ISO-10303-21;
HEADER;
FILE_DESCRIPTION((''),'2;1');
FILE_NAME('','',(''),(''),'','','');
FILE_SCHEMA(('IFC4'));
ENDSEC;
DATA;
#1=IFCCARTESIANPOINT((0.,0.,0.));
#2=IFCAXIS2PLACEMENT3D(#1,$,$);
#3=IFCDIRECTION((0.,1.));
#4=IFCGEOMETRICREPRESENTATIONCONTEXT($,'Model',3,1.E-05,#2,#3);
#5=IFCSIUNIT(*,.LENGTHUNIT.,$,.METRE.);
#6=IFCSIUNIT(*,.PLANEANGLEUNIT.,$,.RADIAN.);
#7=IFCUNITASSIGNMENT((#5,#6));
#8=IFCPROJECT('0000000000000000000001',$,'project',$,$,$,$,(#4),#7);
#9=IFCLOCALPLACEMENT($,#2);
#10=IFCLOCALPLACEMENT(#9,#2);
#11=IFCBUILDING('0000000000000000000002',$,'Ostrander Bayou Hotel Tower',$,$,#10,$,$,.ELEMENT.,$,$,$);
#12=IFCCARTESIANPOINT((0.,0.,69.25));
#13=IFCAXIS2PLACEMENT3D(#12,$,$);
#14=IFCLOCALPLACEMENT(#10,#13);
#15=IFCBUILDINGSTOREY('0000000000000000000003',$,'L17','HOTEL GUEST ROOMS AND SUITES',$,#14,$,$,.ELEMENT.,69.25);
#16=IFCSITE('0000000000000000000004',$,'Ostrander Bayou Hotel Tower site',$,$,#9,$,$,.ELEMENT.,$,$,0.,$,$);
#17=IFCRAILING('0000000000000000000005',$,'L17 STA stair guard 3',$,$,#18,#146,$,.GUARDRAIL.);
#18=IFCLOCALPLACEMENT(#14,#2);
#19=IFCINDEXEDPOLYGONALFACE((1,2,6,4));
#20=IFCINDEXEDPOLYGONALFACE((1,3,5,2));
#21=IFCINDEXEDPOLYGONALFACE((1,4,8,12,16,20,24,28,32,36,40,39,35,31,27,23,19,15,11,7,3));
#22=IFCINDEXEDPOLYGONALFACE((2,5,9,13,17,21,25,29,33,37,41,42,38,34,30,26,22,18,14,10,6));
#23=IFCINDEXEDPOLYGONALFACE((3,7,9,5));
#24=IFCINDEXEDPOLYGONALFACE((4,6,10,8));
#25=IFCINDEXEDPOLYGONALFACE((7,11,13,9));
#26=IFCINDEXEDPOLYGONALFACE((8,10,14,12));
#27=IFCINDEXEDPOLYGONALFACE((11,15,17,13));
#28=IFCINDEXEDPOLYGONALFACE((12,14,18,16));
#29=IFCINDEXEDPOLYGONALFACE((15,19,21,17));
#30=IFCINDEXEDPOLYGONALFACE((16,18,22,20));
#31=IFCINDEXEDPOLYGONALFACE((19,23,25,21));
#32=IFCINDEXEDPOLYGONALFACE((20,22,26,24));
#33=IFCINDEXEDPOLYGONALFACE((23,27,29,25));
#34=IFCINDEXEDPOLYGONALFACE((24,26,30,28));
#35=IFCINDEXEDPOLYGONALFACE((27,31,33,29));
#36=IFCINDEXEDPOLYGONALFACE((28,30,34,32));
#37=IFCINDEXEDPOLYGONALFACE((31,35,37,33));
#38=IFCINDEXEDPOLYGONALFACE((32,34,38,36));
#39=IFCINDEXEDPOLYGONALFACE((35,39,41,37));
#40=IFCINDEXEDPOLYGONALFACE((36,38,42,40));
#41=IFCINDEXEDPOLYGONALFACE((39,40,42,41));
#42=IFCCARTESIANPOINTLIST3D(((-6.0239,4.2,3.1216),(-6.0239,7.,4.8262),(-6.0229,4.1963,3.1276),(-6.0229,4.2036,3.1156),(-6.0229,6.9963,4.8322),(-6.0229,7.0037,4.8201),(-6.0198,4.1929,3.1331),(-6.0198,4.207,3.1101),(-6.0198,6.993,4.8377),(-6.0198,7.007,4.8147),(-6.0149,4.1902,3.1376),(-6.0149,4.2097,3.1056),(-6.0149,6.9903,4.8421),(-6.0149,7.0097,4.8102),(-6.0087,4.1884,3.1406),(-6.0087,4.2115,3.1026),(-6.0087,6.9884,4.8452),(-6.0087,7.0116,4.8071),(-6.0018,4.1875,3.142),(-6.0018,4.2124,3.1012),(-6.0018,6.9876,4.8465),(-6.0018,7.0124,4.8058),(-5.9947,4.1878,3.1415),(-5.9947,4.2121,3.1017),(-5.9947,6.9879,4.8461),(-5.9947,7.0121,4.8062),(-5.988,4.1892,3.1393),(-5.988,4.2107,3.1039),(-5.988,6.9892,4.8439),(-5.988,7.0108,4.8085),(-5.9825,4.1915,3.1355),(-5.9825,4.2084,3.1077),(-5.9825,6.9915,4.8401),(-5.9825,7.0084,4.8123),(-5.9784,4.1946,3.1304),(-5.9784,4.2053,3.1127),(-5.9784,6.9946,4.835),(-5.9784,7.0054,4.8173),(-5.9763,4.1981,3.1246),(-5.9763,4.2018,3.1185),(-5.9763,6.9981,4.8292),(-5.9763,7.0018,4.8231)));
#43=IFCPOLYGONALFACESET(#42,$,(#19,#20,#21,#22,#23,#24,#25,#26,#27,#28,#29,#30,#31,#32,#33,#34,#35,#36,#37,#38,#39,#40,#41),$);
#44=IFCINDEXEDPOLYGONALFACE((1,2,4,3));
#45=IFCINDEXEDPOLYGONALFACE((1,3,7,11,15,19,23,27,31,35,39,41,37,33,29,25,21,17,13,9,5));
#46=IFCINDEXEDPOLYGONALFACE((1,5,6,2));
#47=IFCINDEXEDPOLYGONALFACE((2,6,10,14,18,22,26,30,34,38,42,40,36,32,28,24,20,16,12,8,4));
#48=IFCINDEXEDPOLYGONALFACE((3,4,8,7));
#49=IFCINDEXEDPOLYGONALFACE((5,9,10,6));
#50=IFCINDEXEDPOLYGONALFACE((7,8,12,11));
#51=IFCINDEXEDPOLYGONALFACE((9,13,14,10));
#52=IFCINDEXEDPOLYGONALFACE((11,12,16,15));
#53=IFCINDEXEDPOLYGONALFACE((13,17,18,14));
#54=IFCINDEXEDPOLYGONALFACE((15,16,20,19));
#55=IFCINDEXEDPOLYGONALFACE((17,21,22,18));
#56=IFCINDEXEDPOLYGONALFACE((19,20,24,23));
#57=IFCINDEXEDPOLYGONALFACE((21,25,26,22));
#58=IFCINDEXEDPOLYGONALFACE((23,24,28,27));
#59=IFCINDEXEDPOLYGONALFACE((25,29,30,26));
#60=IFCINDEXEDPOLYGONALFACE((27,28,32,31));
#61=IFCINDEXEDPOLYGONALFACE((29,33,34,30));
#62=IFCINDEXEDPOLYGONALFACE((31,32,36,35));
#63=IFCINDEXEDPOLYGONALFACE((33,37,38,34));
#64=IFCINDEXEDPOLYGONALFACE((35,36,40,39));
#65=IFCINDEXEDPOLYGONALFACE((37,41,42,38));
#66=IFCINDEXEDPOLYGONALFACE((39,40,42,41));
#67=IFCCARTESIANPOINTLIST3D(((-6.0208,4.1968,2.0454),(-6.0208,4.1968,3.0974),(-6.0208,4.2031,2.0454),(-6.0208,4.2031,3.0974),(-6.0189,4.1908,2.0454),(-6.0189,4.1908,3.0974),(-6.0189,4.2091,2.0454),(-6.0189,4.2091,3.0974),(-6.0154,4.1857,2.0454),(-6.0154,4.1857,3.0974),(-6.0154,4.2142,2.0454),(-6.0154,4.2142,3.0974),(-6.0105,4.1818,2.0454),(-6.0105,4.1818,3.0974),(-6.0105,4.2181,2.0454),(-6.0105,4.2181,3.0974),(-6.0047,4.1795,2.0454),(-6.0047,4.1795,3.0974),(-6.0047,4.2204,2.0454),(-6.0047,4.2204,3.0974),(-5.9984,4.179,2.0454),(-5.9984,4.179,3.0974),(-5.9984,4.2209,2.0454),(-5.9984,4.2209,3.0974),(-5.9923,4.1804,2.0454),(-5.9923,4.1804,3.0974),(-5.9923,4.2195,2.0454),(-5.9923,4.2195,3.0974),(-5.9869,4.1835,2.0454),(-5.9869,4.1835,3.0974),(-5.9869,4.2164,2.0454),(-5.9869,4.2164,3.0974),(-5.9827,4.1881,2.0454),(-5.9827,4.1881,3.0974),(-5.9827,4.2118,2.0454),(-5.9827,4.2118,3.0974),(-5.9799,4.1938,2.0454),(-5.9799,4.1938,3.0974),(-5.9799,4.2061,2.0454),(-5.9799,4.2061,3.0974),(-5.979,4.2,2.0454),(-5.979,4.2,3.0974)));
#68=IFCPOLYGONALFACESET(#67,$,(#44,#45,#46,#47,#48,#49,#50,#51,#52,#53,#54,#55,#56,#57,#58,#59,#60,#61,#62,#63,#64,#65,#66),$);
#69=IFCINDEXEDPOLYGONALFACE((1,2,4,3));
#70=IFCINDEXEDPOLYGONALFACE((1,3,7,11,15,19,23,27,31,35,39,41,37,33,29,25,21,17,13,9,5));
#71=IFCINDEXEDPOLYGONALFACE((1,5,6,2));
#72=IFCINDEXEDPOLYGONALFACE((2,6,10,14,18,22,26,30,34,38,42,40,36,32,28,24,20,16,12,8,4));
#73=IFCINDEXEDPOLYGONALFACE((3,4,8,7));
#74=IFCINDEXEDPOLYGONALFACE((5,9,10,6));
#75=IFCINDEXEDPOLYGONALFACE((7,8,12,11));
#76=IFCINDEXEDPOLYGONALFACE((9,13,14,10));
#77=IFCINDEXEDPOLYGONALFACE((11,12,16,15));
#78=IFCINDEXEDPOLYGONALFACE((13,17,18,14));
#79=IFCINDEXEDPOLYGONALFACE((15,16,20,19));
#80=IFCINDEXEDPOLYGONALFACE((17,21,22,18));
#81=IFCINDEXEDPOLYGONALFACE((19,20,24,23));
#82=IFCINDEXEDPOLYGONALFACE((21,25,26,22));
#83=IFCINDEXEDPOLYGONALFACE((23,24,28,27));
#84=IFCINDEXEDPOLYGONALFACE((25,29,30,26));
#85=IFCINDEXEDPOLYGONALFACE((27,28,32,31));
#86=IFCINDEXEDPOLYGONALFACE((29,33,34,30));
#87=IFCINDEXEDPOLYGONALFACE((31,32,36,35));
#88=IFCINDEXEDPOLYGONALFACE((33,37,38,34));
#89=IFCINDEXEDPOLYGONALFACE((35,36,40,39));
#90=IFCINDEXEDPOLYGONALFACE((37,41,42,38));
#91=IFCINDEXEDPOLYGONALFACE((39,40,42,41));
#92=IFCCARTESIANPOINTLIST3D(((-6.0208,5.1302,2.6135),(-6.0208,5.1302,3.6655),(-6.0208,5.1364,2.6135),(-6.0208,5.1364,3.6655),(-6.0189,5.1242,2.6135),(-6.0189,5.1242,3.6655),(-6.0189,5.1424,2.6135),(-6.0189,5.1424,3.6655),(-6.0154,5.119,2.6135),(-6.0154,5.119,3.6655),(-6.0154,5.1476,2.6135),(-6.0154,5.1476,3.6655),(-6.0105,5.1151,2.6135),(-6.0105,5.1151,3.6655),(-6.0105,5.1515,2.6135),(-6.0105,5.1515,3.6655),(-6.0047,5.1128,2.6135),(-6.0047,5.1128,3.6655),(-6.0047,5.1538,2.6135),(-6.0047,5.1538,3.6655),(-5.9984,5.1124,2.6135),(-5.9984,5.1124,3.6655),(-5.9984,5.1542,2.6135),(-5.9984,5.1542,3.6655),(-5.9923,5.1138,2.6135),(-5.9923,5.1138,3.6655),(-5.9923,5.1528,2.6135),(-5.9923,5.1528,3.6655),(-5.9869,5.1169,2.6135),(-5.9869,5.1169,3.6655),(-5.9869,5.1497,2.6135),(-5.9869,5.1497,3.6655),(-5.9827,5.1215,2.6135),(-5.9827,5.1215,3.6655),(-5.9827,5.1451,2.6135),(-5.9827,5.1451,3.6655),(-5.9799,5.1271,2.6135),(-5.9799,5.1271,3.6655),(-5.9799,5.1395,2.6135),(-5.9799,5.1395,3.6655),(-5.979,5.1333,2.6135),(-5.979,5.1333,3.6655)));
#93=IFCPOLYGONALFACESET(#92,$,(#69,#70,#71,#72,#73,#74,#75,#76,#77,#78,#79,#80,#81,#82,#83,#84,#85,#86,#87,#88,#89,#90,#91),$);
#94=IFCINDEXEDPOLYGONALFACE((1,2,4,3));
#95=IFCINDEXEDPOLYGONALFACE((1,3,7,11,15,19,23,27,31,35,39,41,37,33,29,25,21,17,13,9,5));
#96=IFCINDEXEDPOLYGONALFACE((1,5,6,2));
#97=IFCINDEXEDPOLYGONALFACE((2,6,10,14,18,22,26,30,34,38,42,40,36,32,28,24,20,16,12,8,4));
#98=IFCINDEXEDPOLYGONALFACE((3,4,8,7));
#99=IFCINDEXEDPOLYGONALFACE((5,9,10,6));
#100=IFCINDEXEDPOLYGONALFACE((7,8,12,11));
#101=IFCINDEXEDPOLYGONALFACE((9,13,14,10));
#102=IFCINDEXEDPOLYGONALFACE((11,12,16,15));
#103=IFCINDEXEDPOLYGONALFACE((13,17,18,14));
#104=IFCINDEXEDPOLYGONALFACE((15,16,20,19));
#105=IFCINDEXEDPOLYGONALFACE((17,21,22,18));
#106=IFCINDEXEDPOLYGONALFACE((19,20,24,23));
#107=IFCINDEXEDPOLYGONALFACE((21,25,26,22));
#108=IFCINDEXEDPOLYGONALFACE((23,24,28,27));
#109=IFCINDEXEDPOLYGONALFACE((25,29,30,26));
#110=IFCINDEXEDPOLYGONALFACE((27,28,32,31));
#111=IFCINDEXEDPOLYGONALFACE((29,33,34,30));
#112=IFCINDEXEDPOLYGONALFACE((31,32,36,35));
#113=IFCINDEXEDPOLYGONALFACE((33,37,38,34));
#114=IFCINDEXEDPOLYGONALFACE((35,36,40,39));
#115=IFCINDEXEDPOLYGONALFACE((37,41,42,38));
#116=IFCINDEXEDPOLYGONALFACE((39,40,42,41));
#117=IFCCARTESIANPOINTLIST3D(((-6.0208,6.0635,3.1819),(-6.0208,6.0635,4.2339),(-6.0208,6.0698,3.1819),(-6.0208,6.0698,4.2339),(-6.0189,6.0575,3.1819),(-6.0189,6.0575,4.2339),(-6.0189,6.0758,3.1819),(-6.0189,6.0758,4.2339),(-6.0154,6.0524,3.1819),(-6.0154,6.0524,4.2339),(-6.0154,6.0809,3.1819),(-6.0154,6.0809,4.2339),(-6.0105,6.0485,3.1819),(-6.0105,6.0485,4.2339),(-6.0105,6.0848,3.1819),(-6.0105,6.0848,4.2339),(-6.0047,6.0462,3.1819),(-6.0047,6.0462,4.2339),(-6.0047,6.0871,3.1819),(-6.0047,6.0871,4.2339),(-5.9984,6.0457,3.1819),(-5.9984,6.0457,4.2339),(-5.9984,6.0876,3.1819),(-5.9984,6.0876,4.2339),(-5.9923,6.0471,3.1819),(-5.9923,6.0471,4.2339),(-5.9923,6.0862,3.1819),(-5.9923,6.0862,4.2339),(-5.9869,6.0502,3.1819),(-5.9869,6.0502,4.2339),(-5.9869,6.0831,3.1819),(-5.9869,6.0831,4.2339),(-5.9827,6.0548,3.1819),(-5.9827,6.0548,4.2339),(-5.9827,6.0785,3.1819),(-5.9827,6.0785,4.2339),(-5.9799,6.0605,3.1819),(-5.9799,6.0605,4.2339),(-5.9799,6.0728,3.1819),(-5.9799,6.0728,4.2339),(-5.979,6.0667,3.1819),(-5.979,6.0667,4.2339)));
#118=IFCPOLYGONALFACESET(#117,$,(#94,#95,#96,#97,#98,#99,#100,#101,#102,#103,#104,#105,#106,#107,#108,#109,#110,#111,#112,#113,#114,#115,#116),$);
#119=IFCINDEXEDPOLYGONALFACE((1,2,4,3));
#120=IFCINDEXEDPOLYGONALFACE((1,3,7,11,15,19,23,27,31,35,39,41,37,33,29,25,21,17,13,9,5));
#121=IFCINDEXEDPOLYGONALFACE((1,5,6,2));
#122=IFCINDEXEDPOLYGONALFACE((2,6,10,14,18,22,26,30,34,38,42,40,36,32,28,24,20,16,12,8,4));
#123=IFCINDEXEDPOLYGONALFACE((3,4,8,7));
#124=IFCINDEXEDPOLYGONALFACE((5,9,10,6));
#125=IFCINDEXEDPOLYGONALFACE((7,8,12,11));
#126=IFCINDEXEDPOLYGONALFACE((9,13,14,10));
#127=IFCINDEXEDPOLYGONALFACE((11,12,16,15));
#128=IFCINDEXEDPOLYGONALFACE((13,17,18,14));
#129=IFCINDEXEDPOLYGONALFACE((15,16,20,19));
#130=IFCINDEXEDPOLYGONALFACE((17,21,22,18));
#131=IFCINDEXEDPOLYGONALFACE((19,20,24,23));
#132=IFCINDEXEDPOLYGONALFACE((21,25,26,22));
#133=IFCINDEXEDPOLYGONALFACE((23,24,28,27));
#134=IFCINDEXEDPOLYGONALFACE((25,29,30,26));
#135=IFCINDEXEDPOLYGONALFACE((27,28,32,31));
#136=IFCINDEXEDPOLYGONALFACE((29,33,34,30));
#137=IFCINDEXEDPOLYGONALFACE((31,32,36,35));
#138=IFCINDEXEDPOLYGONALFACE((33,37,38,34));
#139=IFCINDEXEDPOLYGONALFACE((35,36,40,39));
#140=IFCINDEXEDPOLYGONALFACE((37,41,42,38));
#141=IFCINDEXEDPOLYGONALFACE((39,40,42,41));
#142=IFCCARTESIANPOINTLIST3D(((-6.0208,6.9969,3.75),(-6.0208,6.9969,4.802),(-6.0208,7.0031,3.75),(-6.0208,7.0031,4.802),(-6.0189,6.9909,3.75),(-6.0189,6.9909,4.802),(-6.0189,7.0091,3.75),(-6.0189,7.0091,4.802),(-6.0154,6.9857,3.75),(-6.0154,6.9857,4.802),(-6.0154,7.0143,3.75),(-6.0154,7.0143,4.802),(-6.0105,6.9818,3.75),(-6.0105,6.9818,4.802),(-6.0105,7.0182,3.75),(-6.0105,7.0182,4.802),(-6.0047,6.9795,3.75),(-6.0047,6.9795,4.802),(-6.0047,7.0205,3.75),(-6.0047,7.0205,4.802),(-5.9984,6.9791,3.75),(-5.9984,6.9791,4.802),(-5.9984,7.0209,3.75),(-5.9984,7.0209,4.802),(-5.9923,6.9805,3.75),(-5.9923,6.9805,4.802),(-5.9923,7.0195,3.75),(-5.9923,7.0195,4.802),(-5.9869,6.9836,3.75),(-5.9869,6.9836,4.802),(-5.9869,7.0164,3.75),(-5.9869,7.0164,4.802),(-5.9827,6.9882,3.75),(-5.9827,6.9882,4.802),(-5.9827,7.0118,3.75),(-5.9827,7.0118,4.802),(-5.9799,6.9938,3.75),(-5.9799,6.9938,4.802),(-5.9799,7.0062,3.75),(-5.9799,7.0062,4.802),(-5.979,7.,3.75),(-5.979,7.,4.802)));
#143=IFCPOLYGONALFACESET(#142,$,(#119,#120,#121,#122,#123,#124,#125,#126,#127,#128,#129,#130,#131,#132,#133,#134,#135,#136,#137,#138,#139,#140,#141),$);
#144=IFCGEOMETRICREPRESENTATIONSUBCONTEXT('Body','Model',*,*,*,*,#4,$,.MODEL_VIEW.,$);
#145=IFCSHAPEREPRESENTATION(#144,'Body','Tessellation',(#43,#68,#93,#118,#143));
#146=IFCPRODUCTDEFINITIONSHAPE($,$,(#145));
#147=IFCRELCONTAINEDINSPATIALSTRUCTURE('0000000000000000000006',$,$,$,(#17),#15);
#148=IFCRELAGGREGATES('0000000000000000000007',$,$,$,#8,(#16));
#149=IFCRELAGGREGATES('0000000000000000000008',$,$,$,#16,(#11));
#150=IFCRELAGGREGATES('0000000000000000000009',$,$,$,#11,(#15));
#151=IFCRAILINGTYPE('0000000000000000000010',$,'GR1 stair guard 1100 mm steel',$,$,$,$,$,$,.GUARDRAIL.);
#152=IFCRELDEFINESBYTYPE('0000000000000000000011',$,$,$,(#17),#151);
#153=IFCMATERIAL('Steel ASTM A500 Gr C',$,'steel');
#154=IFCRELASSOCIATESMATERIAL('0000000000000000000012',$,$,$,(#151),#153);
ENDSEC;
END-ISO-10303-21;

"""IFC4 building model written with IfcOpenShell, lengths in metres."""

from ifc_helpers import new_model, si_unit, direction, frame, origin, origin_2d, place, context, subcontext, project, spatial, circle, extrude, material, type_object, element, save


model = new_model("IFC4")

# Units and contexts
model_context = context("Model", 3, precision=1e-05, world=origin(), true_north=direction((0.0, 1.0)))
body_context = subcontext(model_context, "Body", "Model", "MODEL_VIEW")
ifc_project = project(units=[si_unit("LENGTHUNIT", "METRE"), si_unit("PLANEANGLEUNIT", "RADIAN")], contexts=[model_context])

# Site, building, storey
site_placement = place(None, origin())
site = spatial("IfcSite", under=ifc_project, at=site_placement, Name="Ostrander Bayou Hotel Tower site", CompositionType="ELEMENT", RefElevation=0.0)
building_placement = place(site_placement, origin())
building = spatial("IfcBuilding", under=site, at=building_placement, Name="Ostrander Bayou Hotel Tower", CompositionType="ELEMENT")
storey_placement = place(building_placement, frame((0.0, 0.0, 69.25)))
storey = spatial("IfcBuildingStorey", under=building, at=storey_placement, Name="L17", Description="HOTEL GUEST ROOMS AND SUITES", CompositionType="ELEMENT", Elevation=69.25)

# Railing
ifc_material_1 = material(Name="Steel ASTM A500 Gr C", Category="steel")
railing_type_1 = type_object("IfcRailingType", Name="GR1 stair guard 1100 mm steel", PredefinedType="GUARDRAIL", material=ifc_material_1)
railing_1_placement = place(storey_placement, frame((-6.0, 4.2, 2.0454)))
element("IfcRailing", 1, at=railing_1_placement, inside=storey, type_object=railing_type_1, Name="L17 STA stair guard 3", PredefinedType="GUARDRAIL", context=body_context, shape_type="SweptSolid", body=[
    extrude(circle(Radius=0.0239, at=origin_2d()), frame((0.0, 0.0, 1.0762), z_axis=(0.0, 0.85417, 0.519994), x_axis=(-1.0, 0.0, 0.0)), (0.0, 0.0, 1.0), 3.2781),
    extrude(circle(Radius=0.021, at=origin_2d()), origin(), (0.0, 0.0, 1.0), 1.052),
    extrude(circle(Radius=0.021, at=origin_2d()), frame((0.0, 0.9333, 0.5681)), (0.0, 0.0, 1.0), 1.052),
    extrude(circle(Radius=0.021, at=origin_2d()), frame((0.0, 1.8667, 1.1365)), (0.0, 0.0, 1.0), 1.052),
    extrude(circle(Radius=0.021, at=origin_2d()), frame((0.0, 2.8, 1.7046)), (0.0, 0.0, 1.0), 1.052),
])

save(model, "model.ifc")
